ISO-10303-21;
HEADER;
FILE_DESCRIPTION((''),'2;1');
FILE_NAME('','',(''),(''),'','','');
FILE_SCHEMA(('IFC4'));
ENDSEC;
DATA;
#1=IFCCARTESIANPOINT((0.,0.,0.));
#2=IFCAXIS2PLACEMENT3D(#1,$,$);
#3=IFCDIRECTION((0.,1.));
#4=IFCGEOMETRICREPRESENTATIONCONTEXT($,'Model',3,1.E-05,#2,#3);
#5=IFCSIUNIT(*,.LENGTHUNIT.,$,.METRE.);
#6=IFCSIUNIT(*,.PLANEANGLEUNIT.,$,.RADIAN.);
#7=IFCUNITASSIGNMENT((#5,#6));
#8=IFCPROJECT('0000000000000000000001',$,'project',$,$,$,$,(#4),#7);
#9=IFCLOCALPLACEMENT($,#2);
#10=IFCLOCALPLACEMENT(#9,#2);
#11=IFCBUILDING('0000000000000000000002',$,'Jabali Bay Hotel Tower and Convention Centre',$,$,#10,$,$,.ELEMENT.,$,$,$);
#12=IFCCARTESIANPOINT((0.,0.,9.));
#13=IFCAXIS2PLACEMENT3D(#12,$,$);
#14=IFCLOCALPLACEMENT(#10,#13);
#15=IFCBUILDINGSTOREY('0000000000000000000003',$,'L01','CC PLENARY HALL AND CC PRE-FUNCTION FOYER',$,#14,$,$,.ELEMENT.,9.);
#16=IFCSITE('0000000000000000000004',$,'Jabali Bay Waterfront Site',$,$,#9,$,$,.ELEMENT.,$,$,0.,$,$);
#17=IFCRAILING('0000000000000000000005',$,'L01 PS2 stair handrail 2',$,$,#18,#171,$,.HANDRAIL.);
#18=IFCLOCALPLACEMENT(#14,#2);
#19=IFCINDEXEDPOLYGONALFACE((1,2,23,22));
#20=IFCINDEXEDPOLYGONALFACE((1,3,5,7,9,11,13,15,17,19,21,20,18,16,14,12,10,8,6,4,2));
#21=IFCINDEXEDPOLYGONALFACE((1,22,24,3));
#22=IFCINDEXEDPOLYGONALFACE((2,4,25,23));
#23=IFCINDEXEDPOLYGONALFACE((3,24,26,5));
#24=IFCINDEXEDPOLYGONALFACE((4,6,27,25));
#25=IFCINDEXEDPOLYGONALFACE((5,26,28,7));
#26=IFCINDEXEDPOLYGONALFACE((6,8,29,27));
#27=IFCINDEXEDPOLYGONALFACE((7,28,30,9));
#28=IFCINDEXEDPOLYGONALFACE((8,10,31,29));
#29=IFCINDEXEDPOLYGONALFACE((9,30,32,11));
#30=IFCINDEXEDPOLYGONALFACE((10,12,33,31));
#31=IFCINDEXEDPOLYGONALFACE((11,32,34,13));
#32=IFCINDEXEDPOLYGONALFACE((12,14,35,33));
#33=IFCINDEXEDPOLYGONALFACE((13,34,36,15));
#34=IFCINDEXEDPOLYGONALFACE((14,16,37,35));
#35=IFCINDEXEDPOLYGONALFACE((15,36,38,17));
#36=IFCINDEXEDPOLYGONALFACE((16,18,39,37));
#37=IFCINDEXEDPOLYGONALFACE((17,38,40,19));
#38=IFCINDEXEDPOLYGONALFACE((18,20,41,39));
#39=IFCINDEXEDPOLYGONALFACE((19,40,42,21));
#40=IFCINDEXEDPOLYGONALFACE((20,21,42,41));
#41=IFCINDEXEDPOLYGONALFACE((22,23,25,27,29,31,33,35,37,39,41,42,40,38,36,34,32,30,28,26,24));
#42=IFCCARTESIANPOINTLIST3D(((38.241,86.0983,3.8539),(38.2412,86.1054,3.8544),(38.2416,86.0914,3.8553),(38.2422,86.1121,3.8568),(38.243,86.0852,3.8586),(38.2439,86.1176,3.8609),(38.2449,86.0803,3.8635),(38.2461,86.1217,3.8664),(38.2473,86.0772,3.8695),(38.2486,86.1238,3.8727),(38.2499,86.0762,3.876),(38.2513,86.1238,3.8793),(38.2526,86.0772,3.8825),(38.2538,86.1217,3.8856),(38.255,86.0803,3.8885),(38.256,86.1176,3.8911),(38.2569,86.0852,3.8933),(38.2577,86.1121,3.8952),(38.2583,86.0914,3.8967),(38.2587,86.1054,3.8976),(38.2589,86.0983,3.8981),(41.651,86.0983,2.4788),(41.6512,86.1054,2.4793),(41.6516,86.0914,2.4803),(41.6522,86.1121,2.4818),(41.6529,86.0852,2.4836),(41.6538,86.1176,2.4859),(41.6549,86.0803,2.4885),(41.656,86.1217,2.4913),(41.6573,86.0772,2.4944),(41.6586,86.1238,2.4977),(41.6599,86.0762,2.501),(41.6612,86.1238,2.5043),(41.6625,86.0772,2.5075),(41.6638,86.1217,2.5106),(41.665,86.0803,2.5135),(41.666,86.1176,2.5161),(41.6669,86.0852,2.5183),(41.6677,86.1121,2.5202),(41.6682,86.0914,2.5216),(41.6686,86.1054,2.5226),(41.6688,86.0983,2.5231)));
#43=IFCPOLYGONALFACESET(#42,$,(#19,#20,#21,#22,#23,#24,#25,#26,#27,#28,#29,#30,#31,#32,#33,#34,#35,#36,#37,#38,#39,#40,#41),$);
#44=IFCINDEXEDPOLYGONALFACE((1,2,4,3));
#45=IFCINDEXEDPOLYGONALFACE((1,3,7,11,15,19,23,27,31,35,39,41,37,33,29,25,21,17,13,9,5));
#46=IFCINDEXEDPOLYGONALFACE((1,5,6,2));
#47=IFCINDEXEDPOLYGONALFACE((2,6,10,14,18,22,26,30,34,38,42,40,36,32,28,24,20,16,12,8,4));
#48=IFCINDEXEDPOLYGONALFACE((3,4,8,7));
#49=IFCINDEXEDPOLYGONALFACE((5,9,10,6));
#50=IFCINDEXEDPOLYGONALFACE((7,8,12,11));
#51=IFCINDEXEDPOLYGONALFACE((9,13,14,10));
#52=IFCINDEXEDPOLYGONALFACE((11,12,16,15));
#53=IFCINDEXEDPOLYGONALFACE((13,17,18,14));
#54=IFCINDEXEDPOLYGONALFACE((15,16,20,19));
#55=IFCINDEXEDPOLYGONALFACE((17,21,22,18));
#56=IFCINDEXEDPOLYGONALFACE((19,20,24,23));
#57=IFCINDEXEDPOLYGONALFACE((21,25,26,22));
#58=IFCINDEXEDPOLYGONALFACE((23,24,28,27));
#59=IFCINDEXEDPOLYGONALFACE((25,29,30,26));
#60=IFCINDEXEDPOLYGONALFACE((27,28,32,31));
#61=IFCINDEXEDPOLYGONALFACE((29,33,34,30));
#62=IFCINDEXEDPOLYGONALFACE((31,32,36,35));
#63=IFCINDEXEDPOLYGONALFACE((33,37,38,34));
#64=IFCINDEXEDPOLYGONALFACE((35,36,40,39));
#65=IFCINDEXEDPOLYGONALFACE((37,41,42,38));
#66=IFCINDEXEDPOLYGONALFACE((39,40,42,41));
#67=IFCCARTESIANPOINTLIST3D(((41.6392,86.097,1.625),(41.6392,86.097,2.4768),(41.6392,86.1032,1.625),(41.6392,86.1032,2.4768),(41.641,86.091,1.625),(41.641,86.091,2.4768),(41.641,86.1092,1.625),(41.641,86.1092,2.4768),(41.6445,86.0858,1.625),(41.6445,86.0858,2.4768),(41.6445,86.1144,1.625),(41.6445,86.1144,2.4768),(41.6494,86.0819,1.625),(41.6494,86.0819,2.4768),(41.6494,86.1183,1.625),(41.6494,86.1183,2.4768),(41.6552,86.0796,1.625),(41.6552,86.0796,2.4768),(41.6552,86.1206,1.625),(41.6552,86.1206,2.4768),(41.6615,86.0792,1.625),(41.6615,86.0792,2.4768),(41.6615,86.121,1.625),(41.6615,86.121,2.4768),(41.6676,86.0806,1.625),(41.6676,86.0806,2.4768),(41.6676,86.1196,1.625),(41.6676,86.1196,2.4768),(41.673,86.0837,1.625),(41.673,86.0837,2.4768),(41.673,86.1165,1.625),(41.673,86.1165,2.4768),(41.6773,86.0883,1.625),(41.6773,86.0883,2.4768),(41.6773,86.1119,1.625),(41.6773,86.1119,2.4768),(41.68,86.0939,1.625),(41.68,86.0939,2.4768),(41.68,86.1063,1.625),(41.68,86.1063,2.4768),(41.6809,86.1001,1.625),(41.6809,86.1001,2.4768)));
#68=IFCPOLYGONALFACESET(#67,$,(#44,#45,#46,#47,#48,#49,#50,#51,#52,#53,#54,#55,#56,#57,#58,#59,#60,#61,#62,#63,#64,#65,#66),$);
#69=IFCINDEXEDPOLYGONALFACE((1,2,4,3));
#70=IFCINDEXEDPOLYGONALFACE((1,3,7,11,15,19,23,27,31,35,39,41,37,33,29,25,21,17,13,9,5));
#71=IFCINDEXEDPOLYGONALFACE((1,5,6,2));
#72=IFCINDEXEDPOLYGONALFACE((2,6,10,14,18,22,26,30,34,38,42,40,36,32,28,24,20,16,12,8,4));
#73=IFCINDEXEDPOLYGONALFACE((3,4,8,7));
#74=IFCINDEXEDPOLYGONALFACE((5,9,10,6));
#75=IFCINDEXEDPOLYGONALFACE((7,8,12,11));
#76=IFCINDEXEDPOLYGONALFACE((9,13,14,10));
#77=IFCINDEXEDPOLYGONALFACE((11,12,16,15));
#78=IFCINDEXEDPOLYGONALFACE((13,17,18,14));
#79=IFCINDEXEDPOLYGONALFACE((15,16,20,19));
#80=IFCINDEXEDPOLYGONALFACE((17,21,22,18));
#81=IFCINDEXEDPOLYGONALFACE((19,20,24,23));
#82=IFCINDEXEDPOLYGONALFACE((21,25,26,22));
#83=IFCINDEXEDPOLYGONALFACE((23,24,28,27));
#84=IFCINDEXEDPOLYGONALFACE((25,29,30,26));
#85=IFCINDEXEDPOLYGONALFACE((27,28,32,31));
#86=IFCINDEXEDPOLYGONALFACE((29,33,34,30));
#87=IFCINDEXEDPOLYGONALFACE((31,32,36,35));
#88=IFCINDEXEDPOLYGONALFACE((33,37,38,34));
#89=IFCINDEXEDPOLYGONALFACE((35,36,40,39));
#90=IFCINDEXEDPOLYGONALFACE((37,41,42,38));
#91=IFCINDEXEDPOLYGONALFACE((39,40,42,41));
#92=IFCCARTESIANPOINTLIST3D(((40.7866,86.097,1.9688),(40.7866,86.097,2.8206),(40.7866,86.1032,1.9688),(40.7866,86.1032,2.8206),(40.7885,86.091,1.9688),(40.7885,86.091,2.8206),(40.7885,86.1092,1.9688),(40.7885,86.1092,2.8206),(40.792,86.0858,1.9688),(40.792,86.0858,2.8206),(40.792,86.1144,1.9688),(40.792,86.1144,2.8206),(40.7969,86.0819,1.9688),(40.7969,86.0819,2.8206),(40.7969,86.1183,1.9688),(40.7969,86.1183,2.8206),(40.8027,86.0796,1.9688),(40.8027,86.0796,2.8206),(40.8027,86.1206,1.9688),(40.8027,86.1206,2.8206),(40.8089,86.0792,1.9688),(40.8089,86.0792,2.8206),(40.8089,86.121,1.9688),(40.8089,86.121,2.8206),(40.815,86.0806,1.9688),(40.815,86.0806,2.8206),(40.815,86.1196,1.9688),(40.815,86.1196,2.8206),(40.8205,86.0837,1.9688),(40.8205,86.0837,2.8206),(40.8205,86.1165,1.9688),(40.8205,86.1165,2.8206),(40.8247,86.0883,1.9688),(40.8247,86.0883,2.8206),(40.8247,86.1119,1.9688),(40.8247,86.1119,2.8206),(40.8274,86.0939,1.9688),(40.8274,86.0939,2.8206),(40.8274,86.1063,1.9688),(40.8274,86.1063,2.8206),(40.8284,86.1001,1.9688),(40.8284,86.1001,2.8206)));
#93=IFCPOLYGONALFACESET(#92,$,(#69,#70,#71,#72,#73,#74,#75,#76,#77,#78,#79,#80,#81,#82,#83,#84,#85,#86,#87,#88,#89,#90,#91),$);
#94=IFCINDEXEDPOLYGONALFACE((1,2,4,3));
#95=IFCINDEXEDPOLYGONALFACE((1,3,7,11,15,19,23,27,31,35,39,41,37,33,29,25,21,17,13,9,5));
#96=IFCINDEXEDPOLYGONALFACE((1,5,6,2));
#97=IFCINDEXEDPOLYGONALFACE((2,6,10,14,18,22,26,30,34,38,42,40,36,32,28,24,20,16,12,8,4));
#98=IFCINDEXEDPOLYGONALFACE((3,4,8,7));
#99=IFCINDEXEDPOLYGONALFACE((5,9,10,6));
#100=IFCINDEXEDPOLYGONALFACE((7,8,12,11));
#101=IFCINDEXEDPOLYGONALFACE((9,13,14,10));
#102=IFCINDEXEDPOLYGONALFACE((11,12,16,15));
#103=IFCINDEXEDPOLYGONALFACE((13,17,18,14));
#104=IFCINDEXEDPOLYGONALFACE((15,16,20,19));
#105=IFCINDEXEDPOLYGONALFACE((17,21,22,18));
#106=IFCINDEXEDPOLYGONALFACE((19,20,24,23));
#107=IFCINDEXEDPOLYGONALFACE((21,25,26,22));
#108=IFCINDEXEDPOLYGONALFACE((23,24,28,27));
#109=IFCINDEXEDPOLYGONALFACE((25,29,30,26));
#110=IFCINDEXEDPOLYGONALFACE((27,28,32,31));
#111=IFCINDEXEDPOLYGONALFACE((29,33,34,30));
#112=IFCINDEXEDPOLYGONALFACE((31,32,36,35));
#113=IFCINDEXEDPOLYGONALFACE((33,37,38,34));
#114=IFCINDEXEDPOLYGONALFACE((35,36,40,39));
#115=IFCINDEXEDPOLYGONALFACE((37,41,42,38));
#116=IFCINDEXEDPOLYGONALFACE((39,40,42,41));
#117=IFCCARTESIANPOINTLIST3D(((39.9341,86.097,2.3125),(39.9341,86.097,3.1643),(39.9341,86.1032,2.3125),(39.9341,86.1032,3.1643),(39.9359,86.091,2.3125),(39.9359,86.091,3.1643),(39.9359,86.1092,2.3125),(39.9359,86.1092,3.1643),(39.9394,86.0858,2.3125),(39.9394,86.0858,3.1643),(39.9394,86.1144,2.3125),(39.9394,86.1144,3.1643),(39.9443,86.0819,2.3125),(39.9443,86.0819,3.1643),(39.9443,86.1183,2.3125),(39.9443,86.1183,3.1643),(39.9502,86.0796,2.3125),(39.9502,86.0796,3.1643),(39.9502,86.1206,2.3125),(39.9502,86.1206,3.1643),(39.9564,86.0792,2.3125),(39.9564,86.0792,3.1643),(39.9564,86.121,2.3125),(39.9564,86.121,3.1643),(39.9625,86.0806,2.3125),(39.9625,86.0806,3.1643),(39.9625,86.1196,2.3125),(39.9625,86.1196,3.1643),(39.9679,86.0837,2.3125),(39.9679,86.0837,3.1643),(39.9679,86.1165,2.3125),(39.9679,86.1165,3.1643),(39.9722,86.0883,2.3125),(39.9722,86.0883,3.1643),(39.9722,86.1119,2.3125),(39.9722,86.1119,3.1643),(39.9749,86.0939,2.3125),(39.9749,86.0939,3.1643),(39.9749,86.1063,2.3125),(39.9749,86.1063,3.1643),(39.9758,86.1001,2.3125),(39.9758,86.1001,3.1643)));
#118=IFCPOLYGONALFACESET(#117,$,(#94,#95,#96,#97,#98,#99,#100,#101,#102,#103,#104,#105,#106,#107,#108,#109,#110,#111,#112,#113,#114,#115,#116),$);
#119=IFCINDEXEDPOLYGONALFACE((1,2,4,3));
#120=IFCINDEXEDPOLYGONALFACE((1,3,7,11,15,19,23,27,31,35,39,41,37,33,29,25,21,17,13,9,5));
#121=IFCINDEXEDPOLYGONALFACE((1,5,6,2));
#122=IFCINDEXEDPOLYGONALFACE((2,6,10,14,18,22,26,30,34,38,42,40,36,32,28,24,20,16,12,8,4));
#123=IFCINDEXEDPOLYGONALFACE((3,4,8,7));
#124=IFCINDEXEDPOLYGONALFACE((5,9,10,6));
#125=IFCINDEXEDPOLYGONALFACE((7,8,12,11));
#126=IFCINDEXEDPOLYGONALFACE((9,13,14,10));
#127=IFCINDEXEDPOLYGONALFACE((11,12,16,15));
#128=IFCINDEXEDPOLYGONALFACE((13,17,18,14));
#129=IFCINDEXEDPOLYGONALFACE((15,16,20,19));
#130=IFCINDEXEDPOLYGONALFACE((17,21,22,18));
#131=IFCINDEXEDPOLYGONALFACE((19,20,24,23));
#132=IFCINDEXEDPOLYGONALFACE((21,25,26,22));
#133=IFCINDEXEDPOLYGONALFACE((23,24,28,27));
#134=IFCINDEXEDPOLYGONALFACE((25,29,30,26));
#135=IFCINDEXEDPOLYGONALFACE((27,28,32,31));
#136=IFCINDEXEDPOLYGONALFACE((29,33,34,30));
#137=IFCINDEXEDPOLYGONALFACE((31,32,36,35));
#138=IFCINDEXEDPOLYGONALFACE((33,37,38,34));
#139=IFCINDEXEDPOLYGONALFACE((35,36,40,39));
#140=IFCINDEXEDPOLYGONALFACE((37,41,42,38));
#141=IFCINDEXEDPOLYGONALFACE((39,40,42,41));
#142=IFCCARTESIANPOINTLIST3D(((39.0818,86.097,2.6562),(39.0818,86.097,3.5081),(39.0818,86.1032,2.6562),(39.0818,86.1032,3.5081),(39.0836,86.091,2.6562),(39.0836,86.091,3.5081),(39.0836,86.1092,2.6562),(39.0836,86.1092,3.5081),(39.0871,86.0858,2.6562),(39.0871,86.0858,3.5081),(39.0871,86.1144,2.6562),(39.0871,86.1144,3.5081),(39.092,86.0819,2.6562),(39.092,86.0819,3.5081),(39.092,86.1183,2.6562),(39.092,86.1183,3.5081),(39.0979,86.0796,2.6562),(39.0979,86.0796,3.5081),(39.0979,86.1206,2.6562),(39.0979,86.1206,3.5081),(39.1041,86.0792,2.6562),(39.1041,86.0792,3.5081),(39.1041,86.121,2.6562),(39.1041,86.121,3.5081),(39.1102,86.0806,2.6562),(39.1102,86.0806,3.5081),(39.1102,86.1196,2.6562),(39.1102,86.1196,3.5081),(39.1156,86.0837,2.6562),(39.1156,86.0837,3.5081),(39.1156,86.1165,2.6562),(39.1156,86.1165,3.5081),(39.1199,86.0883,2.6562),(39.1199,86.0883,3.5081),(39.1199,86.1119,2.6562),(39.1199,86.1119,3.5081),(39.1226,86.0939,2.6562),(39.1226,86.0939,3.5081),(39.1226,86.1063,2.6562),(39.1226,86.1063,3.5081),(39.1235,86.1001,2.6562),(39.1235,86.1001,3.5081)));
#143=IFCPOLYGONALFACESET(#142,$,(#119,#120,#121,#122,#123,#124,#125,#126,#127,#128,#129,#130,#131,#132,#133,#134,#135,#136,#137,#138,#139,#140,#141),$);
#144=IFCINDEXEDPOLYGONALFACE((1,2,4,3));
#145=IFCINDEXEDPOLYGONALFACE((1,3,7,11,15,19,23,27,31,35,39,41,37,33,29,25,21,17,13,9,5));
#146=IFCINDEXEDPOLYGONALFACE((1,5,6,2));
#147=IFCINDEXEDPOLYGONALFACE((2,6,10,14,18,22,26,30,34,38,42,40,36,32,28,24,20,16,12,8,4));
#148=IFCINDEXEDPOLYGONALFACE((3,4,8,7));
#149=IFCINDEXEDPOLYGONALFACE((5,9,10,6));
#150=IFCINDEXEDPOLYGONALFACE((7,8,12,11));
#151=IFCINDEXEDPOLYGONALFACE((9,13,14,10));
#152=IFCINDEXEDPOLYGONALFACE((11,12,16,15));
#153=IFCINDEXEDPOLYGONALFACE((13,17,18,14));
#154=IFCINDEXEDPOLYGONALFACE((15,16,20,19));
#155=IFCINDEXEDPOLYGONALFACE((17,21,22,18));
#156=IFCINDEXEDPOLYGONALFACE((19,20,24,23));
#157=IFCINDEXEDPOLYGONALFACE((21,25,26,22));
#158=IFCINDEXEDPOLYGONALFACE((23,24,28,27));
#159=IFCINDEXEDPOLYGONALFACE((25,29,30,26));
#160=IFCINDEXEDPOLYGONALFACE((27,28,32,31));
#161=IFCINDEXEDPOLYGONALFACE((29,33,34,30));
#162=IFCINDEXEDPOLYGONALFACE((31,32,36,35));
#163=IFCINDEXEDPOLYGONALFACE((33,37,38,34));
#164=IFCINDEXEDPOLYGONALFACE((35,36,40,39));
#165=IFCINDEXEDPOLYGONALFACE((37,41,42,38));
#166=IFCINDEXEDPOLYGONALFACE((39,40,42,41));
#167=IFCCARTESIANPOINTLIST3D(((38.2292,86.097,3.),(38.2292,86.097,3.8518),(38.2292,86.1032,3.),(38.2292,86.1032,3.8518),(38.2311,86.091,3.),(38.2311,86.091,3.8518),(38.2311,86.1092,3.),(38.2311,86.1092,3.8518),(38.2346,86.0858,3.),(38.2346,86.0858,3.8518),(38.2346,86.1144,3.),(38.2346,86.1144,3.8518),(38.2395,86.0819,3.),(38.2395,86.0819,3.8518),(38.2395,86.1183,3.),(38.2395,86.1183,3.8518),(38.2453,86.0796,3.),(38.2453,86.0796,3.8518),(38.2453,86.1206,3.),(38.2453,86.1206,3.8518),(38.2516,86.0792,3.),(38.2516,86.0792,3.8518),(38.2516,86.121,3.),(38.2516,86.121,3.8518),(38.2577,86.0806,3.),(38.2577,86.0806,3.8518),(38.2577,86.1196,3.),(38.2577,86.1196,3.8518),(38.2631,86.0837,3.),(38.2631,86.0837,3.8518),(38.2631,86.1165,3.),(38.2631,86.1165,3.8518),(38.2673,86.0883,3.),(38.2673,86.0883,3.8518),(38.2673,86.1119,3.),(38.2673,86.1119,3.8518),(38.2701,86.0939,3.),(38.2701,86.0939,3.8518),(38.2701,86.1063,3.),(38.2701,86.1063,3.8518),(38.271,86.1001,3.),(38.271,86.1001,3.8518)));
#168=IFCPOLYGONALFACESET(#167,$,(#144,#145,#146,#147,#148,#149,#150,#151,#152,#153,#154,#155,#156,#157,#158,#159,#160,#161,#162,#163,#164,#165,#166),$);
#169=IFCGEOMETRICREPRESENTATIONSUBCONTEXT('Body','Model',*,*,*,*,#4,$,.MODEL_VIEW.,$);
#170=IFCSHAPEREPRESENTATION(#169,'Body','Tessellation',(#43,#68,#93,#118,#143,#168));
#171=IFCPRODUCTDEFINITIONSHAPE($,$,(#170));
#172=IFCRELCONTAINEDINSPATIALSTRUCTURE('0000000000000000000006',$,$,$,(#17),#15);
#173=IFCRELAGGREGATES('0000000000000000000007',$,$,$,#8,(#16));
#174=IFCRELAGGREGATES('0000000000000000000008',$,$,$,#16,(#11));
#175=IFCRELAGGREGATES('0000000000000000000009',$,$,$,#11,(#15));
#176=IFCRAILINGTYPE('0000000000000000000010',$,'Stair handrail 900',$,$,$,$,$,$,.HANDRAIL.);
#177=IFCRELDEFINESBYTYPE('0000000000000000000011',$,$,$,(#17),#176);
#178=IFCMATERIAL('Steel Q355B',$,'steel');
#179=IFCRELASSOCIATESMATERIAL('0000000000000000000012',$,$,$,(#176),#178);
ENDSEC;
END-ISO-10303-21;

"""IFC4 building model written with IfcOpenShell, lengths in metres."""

from ifc_helpers import new_model, si_unit, direction, frame, origin, origin_2d, place, context, subcontext, project, spatial, circle, extrude, material, type_object, element, save


model = new_model("IFC4")

# Units and contexts
model_context = context("Model", 3, precision=1e-05, world=origin(), true_north=direction((0.0, 1.0)))
body_context = subcontext(model_context, "Body", "Model", "MODEL_VIEW")
ifc_project = project(units=[si_unit("LENGTHUNIT", "METRE"), si_unit("PLANEANGLEUNIT", "RADIAN")], contexts=[model_context])

# Site, building, storey
site_placement = place(None, origin())
site = spatial("IfcSite", under=ifc_project, at=site_placement, Name="Jabali Bay Waterfront Site", CompositionType="ELEMENT", RefElevation=0.0)
building_placement = place(site_placement, origin())
building = spatial("IfcBuilding", under=site, at=building_placement, Name="Jabali Bay Hotel Tower and Convention Centre", CompositionType="ELEMENT")
storey_placement = place(building_placement, frame((0.0, 0.0, 9.0)))
storey = spatial("IfcBuildingStorey", under=building, at=storey_placement, Name="L01", Description="CC PLENARY HALL AND CC PRE-FUNCTION FOYER", CompositionType="ELEMENT", Elevation=9.0)

# Railing
ifc_material_1 = material(Name="Steel Q355B", Category="steel")
railing_type_1 = type_object("IfcRailingType", Name="Stair handrail 900", PredefinedType="HANDRAIL", material=ifc_material_1)
for number, where, name in (
    (1, (41.6599, 86.1001, 1.625), "L01 PS2 stair handrail 2"),
):
    element("IfcRailing", number, at=place(storey_placement, frame(where)), inside=storey, type_object=railing_type_1, Name=name, PredefinedType="HANDRAIL", context=body_context, shape_type="SweptSolid", body=[
        extrude(circle(Radius=0.0239, at=origin_2d()), frame((0.0, 0.0, 0.876), z_axis=(-0.927438, 0.0, 0.373977), x_axis=(0.0, -1.0, 0.0)), (0.0, 0.0, 1.0), 3.6768),
        extrude(circle(Radius=0.021, at=origin_2d()), origin(), (0.0, 0.0, 1.0), 0.8518),
        extrude(circle(Radius=0.021, at=origin_2d()), frame((-0.8525, 0.0, 0.3438)), (0.0, 0.0, 1.0), 0.8518),
        extrude(circle(Radius=0.021, at=origin_2d()), frame((-1.7051, 0.0, 0.6875)), (0.0, 0.0, 1.0), 0.8518),
        extrude(circle(Radius=0.021, at=origin_2d()), frame((-2.5574, 0.0, 1.0312)), (0.0, 0.0, 1.0), 0.8518),
        extrude(circle(Radius=0.021, at=origin_2d()), frame((-3.4099, 0.0, 1.375)), (0.0, 0.0, 1.0), 0.8518),
    ])

save(model, "model.ifc")
